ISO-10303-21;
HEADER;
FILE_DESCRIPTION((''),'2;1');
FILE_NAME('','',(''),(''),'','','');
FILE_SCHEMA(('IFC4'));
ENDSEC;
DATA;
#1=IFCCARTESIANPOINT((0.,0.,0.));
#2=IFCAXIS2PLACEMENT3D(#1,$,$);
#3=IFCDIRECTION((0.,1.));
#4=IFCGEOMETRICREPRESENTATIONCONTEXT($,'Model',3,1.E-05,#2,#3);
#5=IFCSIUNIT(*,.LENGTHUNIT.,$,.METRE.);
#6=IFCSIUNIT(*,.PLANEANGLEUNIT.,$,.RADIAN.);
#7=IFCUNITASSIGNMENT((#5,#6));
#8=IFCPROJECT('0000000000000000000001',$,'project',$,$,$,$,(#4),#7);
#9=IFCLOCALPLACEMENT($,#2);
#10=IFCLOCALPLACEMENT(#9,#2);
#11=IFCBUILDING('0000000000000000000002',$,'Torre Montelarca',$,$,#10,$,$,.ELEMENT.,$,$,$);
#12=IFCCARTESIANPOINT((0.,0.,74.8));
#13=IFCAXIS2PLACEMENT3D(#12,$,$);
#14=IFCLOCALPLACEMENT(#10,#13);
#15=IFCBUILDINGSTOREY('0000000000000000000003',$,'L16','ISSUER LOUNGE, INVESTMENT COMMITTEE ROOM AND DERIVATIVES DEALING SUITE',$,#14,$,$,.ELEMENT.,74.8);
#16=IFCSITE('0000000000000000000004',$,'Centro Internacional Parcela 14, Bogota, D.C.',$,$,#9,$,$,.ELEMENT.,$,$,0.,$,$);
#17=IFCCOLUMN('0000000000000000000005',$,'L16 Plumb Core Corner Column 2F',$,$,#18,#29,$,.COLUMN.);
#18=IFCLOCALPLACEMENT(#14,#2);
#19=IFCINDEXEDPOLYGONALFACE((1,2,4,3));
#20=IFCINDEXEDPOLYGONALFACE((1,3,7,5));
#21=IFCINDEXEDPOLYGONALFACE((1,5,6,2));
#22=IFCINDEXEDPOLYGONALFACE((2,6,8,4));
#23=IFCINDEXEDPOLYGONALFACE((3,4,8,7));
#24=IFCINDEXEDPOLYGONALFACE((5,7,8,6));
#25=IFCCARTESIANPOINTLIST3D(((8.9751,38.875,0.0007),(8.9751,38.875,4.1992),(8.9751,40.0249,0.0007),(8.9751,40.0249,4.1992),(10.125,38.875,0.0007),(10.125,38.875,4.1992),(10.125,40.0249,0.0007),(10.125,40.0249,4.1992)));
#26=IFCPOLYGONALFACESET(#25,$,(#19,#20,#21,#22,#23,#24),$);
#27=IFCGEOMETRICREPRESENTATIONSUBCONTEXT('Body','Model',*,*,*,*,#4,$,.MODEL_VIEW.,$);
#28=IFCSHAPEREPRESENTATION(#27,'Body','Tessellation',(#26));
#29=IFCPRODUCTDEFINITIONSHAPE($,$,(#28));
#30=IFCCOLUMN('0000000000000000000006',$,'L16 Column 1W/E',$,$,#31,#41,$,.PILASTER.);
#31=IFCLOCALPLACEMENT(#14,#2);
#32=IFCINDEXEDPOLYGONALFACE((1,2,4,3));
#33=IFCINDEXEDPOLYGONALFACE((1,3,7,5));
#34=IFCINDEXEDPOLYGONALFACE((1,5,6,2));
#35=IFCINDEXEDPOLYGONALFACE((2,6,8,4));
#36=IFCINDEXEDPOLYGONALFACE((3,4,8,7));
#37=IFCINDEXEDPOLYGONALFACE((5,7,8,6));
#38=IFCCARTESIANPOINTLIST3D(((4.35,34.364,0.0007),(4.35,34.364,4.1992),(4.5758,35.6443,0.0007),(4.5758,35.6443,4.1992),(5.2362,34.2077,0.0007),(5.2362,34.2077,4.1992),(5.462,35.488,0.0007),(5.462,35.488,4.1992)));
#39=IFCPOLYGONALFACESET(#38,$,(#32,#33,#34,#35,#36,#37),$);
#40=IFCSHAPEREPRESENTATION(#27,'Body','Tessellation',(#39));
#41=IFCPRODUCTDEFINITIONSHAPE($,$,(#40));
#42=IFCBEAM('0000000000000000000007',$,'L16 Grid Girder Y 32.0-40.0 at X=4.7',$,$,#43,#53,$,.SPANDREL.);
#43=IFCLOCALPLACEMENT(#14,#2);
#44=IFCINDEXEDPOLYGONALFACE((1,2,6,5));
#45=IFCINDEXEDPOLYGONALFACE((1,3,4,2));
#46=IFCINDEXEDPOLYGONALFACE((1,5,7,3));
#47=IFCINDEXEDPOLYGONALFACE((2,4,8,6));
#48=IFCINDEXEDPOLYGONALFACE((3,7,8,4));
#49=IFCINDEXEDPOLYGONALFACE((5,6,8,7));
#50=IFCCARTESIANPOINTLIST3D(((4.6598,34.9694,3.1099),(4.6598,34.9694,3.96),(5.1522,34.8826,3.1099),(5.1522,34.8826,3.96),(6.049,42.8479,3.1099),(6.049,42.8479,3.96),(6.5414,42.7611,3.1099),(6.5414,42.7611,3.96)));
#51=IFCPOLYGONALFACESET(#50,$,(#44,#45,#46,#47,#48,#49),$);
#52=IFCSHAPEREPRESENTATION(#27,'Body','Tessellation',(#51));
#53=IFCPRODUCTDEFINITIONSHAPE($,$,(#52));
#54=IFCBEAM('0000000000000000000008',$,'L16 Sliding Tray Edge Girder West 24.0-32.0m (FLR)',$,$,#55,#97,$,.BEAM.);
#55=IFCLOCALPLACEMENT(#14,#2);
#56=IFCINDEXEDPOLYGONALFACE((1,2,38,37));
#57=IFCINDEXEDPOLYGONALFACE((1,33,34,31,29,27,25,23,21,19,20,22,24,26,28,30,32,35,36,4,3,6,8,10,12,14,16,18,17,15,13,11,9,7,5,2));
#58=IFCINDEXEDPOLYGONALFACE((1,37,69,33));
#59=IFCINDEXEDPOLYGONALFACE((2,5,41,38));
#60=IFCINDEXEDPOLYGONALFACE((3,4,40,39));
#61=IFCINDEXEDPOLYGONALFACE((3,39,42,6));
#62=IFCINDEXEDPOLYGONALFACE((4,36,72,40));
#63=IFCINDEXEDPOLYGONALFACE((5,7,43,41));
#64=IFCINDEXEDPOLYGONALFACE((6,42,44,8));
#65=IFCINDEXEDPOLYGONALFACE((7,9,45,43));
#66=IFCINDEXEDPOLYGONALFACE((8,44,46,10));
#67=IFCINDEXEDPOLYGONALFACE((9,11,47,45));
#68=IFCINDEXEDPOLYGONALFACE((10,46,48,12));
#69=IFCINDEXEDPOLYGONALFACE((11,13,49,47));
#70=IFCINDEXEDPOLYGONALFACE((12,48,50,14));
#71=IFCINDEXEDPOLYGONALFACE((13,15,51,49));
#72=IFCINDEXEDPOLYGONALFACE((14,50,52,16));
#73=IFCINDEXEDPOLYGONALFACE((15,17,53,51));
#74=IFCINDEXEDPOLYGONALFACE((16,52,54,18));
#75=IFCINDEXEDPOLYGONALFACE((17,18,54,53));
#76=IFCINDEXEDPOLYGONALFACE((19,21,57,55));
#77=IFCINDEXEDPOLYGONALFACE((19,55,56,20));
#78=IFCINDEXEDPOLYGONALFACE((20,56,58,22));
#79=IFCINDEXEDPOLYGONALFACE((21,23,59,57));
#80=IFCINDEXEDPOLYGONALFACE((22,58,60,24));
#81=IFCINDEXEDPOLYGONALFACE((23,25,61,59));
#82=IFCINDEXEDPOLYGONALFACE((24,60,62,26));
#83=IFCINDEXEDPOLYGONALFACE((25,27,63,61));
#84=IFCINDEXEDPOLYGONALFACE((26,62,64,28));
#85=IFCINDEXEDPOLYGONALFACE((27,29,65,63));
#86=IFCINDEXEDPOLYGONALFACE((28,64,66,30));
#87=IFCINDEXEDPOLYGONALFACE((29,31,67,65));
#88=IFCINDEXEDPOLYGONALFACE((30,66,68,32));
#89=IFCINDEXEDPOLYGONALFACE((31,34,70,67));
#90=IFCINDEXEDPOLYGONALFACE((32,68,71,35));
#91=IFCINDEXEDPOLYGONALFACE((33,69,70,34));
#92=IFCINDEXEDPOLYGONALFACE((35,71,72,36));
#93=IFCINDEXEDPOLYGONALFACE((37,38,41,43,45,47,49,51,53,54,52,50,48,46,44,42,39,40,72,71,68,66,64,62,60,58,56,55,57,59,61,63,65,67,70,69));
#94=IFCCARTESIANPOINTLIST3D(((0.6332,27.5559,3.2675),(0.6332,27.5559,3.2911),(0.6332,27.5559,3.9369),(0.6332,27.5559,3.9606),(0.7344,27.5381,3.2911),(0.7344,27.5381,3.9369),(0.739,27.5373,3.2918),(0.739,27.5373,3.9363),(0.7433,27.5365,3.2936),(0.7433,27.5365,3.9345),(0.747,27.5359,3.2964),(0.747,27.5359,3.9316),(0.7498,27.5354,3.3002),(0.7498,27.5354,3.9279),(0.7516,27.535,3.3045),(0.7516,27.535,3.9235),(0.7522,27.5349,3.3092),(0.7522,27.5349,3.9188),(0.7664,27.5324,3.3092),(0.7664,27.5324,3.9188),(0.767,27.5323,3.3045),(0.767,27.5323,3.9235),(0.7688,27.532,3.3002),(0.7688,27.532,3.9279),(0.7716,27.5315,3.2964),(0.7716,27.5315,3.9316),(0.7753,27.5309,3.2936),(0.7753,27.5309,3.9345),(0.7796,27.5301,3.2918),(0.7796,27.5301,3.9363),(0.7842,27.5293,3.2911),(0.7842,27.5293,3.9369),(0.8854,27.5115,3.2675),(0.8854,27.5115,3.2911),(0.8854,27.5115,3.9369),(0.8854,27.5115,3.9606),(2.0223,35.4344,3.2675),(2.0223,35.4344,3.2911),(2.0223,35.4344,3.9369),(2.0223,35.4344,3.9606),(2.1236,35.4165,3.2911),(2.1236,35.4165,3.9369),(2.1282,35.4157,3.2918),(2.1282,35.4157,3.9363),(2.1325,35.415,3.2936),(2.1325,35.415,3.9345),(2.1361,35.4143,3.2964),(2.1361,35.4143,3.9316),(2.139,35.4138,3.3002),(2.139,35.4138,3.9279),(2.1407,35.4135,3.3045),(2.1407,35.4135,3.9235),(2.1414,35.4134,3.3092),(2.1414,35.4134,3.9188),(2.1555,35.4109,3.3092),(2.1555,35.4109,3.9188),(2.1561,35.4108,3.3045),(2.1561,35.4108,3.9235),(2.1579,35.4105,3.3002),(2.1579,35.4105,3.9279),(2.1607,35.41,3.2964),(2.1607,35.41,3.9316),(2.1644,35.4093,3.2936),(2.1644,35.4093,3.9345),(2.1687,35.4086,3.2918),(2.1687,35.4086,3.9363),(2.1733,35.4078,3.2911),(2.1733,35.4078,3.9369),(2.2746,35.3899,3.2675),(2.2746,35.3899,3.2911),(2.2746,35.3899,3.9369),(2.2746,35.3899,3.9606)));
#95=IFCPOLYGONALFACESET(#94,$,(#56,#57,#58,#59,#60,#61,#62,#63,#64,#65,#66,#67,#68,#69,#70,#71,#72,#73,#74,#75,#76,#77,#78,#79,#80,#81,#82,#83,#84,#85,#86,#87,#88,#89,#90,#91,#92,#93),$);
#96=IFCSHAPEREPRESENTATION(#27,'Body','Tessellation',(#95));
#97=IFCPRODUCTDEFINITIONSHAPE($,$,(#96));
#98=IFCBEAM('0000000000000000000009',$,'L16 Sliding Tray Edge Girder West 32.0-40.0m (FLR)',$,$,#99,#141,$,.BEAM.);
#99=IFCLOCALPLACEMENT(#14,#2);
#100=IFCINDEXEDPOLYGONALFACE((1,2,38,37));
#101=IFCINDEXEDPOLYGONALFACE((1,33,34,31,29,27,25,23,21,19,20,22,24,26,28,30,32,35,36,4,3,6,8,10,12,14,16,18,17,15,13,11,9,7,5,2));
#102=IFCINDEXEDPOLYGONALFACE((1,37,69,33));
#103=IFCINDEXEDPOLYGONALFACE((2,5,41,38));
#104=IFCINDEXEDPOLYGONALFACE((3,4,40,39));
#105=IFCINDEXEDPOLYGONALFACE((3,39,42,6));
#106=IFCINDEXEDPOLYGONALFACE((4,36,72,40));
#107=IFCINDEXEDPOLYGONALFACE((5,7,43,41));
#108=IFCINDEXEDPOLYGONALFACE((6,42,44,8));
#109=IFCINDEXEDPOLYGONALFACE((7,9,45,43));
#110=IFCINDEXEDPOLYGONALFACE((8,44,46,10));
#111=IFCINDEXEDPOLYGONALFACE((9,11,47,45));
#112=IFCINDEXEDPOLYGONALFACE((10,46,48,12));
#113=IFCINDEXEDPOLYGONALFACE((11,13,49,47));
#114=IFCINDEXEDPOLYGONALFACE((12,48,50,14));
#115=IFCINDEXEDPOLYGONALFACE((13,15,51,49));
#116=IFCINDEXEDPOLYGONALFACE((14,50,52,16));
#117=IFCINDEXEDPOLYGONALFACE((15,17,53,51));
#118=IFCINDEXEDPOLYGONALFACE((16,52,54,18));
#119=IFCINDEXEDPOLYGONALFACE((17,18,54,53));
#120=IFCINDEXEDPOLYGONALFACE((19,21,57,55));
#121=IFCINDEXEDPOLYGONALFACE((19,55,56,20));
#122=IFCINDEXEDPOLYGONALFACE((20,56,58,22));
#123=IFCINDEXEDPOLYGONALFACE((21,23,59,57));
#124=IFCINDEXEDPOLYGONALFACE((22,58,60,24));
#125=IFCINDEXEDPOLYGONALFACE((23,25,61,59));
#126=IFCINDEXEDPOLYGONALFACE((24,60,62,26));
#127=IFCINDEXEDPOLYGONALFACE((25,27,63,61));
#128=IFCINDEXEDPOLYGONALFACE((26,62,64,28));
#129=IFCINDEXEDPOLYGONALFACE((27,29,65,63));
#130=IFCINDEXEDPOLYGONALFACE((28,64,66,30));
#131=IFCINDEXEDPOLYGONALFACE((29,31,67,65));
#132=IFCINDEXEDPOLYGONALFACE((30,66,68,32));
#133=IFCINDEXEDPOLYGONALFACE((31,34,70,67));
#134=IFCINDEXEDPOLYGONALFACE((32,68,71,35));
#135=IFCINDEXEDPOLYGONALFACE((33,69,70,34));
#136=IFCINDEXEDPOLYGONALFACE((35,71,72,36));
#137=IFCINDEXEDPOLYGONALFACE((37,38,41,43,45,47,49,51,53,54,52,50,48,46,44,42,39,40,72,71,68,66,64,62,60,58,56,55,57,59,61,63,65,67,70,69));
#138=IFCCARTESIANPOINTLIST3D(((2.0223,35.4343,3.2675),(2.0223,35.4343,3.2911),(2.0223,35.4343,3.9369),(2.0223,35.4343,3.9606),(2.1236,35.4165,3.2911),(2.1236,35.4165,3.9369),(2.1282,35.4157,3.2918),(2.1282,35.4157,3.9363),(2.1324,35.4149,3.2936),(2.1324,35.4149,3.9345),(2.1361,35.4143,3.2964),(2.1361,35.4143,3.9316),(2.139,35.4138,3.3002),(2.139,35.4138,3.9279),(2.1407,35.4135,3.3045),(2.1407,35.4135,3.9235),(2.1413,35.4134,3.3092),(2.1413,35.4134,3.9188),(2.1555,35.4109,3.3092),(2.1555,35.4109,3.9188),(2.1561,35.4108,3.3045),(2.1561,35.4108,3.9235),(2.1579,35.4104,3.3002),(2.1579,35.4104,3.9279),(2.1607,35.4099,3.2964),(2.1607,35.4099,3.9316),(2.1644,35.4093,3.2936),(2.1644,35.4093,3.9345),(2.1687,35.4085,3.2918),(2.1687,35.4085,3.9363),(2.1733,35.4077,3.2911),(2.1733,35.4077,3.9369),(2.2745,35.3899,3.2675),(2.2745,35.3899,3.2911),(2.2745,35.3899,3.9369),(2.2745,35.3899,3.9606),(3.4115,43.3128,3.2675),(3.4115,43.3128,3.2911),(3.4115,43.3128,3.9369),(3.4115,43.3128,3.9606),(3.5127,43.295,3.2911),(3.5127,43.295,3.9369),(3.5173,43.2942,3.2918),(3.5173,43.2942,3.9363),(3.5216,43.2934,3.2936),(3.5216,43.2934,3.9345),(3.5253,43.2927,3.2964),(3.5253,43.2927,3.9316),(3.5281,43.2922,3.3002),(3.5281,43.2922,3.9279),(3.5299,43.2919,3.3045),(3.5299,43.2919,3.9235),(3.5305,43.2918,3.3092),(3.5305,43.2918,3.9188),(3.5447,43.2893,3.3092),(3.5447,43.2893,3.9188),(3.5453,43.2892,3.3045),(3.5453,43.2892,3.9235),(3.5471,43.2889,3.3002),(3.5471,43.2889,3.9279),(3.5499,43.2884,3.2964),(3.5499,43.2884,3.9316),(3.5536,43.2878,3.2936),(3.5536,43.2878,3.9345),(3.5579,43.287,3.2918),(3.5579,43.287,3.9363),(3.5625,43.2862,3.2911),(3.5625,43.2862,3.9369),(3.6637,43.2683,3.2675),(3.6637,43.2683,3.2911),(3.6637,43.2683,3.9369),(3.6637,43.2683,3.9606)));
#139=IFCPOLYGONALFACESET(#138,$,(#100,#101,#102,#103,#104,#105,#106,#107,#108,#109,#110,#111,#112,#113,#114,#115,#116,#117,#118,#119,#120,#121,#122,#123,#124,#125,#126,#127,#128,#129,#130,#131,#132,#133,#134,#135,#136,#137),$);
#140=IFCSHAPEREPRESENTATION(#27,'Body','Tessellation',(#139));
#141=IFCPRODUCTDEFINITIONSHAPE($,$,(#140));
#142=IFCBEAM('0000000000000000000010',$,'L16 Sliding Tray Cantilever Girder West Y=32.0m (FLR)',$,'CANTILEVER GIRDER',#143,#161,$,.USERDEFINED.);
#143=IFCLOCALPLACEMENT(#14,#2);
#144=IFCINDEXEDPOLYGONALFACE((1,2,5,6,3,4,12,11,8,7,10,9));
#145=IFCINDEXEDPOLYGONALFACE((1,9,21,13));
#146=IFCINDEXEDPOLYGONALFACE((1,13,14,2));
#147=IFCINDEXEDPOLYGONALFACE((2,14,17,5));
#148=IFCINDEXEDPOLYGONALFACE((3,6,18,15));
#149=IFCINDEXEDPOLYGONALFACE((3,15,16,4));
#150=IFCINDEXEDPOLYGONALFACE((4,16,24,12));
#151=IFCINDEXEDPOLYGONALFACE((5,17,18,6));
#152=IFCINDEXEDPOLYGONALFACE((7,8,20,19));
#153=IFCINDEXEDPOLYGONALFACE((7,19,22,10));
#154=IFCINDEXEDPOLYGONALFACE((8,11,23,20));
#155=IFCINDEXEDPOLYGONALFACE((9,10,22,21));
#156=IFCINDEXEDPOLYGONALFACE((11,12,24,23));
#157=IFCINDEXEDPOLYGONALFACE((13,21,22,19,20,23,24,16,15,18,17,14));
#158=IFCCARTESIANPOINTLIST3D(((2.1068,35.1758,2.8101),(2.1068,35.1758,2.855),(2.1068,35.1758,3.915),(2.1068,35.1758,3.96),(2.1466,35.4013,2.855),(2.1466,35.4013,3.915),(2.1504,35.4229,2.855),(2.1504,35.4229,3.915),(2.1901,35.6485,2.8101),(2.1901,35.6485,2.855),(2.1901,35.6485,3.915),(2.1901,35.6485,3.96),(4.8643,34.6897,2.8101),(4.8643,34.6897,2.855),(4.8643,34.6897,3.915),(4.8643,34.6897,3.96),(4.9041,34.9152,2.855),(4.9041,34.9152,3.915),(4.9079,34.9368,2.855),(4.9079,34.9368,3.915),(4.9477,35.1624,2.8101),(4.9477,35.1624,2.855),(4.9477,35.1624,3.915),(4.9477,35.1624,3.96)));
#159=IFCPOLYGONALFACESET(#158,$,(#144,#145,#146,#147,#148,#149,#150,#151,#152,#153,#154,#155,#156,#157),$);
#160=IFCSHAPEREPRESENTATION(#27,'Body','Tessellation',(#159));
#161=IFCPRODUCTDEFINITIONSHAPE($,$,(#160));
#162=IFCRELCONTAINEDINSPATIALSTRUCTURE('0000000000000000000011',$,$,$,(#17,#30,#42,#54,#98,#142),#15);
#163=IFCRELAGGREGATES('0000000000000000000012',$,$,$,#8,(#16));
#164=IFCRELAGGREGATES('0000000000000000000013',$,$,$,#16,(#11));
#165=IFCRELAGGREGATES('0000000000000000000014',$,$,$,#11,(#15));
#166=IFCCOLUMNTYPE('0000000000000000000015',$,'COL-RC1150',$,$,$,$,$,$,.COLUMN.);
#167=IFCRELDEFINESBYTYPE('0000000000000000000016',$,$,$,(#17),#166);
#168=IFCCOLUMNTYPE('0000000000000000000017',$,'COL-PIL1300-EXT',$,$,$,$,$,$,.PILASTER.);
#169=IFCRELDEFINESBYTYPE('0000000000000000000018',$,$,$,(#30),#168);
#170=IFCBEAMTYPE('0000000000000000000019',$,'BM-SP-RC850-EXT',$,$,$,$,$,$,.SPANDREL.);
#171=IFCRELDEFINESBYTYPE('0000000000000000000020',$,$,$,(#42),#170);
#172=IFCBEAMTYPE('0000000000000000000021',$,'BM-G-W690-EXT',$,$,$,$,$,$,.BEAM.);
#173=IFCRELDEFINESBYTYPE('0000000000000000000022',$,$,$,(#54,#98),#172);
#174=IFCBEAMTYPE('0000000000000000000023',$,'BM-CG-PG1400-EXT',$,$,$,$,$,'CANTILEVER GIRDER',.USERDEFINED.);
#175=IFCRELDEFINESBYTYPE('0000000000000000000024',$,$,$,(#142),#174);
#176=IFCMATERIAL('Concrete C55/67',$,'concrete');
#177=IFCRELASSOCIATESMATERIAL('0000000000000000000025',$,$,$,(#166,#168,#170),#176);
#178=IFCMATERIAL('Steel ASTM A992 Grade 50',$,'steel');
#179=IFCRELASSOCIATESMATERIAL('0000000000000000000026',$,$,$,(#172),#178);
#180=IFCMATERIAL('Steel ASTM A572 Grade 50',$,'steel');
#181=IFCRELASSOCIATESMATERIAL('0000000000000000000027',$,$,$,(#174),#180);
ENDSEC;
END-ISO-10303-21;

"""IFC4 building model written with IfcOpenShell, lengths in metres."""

from ifc_helpers import new_model, si_unit, direction, frame, origin, origin_2d, place, context, subcontext, project, spatial, rectangle, i_section, extrude, source, transform, mapped, material, material_profile, profile_set, type_object, element, save


model = new_model("IFC4")

# Units and contexts
model_context = context("Model", 3, precision=1e-05, world=origin(), true_north=direction((0.0, 1.0)))
body_context = subcontext(model_context, "Body", "Model", "MODEL_VIEW")
ifc_project = project(units=[si_unit("LENGTHUNIT", "METRE"), si_unit("PLANEANGLEUNIT", "RADIAN")], contexts=[model_context])

# Site, building, storey
site_placement = place(None, origin())
site = spatial("IfcSite", under=ifc_project, at=site_placement, Name="Centro Internacional Parcela 14, Bogota, D.C.", CompositionType="ELEMENT", RefElevation=0.0)
building_placement = place(site_placement, origin())
building = spatial("IfcBuilding", under=site, at=building_placement, Name="Torre Montelarca", CompositionType="ELEMENT")
storey_placement = place(building_placement, frame((0.0, 0.0, 74.8)))
storey = spatial("IfcBuildingStorey", under=building, at=storey_placement, Name="L16", Description="ISSUER LOUNGE, INVESTMENT COMMITTEE ROOM AND DERIVATIVES DEALING SUITE", CompositionType="ELEMENT", Elevation=74.8)

# Columns
ifc_material_1 = material(Name="Concrete C55/67", Category="concrete")
ifc_material_profile_1 = material_profile(ifc_material_1, rectangle(XDim=1.1499, YDim=1.1499, at=origin_2d()), Name="RC1150X1150", Category="concrete")
ifc_profile_set_1 = profile_set([ifc_material_profile_1], Name="Concrete C55/67")
column_type_1 = type_object("IfcColumnType", Name="COL-RC1150", PredefinedType="COLUMN", material=ifc_profile_set_1)
shared_shape_1 = source(origin(), body_context, "Body", "SweptSolid", [
    extrude(rectangle(XDim=1.1499, YDim=1.1499, at=origin_2d()), origin(), (0.0, 0.0, 1.0), 4.1985),
])
column_1_placement = place(storey_placement, frame((9.55, 39.45, 0.0007), z_axis=(0.0, 0.0, 1.0), x_axis=(1.0, 0.0, 0.0)))
element("IfcColumn", 1, at=column_1_placement, inside=storey, type_object=column_type_1, Name="L16 Plumb Core Corner Column 2F", PredefinedType="COLUMN", context=body_context, shape_type="MappedRepresentation", body=[
    mapped(shared_shape_1, transform((0.0, 0.0, 0.0), scale=1.0)),
])
ifc_material_profile_2 = material_profile(ifc_material_1, rectangle(XDim=0.8999, YDim=1.3, at=origin_2d()), Name="RC1300X900", Category="concrete")
ifc_profile_set_2 = profile_set([ifc_material_profile_2], Name="Concrete C55/67")
column_type_2 = type_object("IfcColumnType", Name="COL-PIL1300-EXT", PredefinedType="PILASTER", material=ifc_profile_set_2)
shared_shape_2 = source(origin(), body_context, "Body", "SweptSolid", [
    extrude(rectangle(XDim=0.8999, YDim=1.3, at=origin_2d()), origin(), (0.0, 0.0, 1.0), 4.1985),
])
column_2_placement = place(storey_placement, frame((4.906, 34.926, 0.0007), z_axis=(0.0, 0.0, 1.0), x_axis=(-0.984808, 0.173648, 0.0)))
element("IfcColumn", 2, at=column_2_placement, inside=storey, type_object=column_type_2, Name="L16 Column 1W/E", PredefinedType="PILASTER", context=body_context, shape_type="MappedRepresentation", body=[
    mapped(shared_shape_2, transform((0.0, 0.0, 0.0), scale=1.0)),
])

# Beams
ifc_material_profile_3 = material_profile(ifc_material_1, rectangle(XDim=0.5, YDim=0.8501, at=origin_2d()), Name="RCB500X850", Category="concrete")
ifc_profile_set_3 = profile_set([ifc_material_profile_3], Name="Concrete C55/67")
beam_type_1 = type_object("IfcBeamType", Name="BM-SP-RC850-EXT", PredefinedType="SPANDREL", material=ifc_profile_set_3)
shared_shape_3 = source(origin(), body_context, "Body", "SweptSolid", [
    extrude(rectangle(XDim=0.5, YDim=0.8501, at=origin_2d()), origin(), (0.0, 0.0, 1.0), 8.0),
])
beam_1_placement = place(storey_placement, frame((4.906, 34.926, 3.5349), z_axis=(0.173646, 0.984808, 0.0), x_axis=(-0.984808, 0.173646, 0.0)))
element("IfcBeam", 3, at=beam_1_placement, inside=storey, type_object=beam_type_1, Name="L16 Grid Girder Y 32.0-40.0 at X=4.7", PredefinedType="SPANDREL", context=body_context, shape_type="MappedRepresentation", body=[
    mapped(shared_shape_3, transform((0.0, 0.0, 0.0), scale=1.0)),
])
ifc_material_2 = material(Name="Steel ASTM A992 Grade 50", Category="steel")
ifc_material_profile_4 = material_profile(ifc_material_2, i_section(OverallWidth=0.2561, OverallDepth=0.6931, WebThickness=0.0144, FlangeThickness=0.0237, FilletRadius=0.0181, at=origin_2d()), Name="W690X170", Category="steel")
ifc_profile_set_4 = profile_set([ifc_material_profile_4], Name="Steel ASTM A992 Grade 50")
beam_type_2 = type_object("IfcBeamType", Name="BM-G-W690-EXT", PredefinedType="BEAM", material=ifc_profile_set_4)
shared_shape_4 = source(origin(), body_context, "Body", "SweptSolid", [
    extrude(i_section(OverallWidth=0.2561, OverallDepth=0.6931, WebThickness=0.0144, FlangeThickness=0.0237, FilletRadius=0.0181, at=origin_2d()), origin(), (0.0, 0.0, 1.0), 8.0),
])
for number, where, z_axis, x_axis, name in (
    (4, (0.7593, 27.5337, 3.614), (0.173646, 0.984808, 0.0), (-0.984808, 0.173646, 0.0), "L16 Sliding Tray Edge Girder West 24.0-32.0m (FLR)"),
    (5, (2.1484, 35.4121, 3.614), (0.173646, 0.984808, 0.0), (-0.984808, 0.173646, 0.0), "L16 Sliding Tray Edge Girder West 32.0-40.0m (FLR)"),
):
    element("IfcBeam", number, at=place(storey_placement, frame(where, z_axis=z_axis, x_axis=x_axis)), inside=storey, type_object=beam_type_2, Name=name, PredefinedType="BEAM", context=body_context, shape_type="MappedRepresentation", body=[
        mapped(shared_shape_4, transform((0.0, 0.0, 0.0), scale=1.0)),
    ])
ifc_material_3 = material(Name="Steel ASTM A572 Grade 50", Category="steel")
ifc_material_profile_5 = material_profile(ifc_material_3, i_section(OverallWidth=0.48, OverallDepth=1.1499, WebThickness=0.022, FlangeThickness=0.0449, at=origin_2d()), Name="PG1150X480X22X45", Category="steel")
ifc_profile_set_5 = profile_set([ifc_material_profile_5], Name="Steel ASTM A572 Grade 50")
beam_type_3 = type_object("IfcBeamType", Name="BM-CG-PG1400-EXT", ElementType="CANTILEVER GIRDER", PredefinedType="USERDEFINED", material=ifc_profile_set_5)
shared_shape_5 = source(origin(), body_context, "Body", "SweptSolid", [
    extrude(i_section(OverallWidth=0.48, OverallDepth=1.1499, WebThickness=0.022, FlangeThickness=0.0449, at=origin_2d()), origin(), (0.0, 0.0, 1.0), 2.8),
])
beam_2_placement = place(storey_placement, frame((4.906, 34.926, 3.385), z_axis=(-0.984817, 0.173596, 0.0), x_axis=(-0.173596, -0.984817, 0.0)))
element("IfcBeam", 6, at=beam_2_placement, inside=storey, type_object=beam_type_3, Name="L16 Sliding Tray Cantilever Girder West Y=32.0m (FLR)", ObjectType="CANTILEVER GIRDER", PredefinedType="USERDEFINED", context=body_context, shape_type="MappedRepresentation", body=[
    mapped(shared_shape_5, transform((0.0, 0.0, 0.0), scale=1.0)),
])

save(model, "model.ifc")
